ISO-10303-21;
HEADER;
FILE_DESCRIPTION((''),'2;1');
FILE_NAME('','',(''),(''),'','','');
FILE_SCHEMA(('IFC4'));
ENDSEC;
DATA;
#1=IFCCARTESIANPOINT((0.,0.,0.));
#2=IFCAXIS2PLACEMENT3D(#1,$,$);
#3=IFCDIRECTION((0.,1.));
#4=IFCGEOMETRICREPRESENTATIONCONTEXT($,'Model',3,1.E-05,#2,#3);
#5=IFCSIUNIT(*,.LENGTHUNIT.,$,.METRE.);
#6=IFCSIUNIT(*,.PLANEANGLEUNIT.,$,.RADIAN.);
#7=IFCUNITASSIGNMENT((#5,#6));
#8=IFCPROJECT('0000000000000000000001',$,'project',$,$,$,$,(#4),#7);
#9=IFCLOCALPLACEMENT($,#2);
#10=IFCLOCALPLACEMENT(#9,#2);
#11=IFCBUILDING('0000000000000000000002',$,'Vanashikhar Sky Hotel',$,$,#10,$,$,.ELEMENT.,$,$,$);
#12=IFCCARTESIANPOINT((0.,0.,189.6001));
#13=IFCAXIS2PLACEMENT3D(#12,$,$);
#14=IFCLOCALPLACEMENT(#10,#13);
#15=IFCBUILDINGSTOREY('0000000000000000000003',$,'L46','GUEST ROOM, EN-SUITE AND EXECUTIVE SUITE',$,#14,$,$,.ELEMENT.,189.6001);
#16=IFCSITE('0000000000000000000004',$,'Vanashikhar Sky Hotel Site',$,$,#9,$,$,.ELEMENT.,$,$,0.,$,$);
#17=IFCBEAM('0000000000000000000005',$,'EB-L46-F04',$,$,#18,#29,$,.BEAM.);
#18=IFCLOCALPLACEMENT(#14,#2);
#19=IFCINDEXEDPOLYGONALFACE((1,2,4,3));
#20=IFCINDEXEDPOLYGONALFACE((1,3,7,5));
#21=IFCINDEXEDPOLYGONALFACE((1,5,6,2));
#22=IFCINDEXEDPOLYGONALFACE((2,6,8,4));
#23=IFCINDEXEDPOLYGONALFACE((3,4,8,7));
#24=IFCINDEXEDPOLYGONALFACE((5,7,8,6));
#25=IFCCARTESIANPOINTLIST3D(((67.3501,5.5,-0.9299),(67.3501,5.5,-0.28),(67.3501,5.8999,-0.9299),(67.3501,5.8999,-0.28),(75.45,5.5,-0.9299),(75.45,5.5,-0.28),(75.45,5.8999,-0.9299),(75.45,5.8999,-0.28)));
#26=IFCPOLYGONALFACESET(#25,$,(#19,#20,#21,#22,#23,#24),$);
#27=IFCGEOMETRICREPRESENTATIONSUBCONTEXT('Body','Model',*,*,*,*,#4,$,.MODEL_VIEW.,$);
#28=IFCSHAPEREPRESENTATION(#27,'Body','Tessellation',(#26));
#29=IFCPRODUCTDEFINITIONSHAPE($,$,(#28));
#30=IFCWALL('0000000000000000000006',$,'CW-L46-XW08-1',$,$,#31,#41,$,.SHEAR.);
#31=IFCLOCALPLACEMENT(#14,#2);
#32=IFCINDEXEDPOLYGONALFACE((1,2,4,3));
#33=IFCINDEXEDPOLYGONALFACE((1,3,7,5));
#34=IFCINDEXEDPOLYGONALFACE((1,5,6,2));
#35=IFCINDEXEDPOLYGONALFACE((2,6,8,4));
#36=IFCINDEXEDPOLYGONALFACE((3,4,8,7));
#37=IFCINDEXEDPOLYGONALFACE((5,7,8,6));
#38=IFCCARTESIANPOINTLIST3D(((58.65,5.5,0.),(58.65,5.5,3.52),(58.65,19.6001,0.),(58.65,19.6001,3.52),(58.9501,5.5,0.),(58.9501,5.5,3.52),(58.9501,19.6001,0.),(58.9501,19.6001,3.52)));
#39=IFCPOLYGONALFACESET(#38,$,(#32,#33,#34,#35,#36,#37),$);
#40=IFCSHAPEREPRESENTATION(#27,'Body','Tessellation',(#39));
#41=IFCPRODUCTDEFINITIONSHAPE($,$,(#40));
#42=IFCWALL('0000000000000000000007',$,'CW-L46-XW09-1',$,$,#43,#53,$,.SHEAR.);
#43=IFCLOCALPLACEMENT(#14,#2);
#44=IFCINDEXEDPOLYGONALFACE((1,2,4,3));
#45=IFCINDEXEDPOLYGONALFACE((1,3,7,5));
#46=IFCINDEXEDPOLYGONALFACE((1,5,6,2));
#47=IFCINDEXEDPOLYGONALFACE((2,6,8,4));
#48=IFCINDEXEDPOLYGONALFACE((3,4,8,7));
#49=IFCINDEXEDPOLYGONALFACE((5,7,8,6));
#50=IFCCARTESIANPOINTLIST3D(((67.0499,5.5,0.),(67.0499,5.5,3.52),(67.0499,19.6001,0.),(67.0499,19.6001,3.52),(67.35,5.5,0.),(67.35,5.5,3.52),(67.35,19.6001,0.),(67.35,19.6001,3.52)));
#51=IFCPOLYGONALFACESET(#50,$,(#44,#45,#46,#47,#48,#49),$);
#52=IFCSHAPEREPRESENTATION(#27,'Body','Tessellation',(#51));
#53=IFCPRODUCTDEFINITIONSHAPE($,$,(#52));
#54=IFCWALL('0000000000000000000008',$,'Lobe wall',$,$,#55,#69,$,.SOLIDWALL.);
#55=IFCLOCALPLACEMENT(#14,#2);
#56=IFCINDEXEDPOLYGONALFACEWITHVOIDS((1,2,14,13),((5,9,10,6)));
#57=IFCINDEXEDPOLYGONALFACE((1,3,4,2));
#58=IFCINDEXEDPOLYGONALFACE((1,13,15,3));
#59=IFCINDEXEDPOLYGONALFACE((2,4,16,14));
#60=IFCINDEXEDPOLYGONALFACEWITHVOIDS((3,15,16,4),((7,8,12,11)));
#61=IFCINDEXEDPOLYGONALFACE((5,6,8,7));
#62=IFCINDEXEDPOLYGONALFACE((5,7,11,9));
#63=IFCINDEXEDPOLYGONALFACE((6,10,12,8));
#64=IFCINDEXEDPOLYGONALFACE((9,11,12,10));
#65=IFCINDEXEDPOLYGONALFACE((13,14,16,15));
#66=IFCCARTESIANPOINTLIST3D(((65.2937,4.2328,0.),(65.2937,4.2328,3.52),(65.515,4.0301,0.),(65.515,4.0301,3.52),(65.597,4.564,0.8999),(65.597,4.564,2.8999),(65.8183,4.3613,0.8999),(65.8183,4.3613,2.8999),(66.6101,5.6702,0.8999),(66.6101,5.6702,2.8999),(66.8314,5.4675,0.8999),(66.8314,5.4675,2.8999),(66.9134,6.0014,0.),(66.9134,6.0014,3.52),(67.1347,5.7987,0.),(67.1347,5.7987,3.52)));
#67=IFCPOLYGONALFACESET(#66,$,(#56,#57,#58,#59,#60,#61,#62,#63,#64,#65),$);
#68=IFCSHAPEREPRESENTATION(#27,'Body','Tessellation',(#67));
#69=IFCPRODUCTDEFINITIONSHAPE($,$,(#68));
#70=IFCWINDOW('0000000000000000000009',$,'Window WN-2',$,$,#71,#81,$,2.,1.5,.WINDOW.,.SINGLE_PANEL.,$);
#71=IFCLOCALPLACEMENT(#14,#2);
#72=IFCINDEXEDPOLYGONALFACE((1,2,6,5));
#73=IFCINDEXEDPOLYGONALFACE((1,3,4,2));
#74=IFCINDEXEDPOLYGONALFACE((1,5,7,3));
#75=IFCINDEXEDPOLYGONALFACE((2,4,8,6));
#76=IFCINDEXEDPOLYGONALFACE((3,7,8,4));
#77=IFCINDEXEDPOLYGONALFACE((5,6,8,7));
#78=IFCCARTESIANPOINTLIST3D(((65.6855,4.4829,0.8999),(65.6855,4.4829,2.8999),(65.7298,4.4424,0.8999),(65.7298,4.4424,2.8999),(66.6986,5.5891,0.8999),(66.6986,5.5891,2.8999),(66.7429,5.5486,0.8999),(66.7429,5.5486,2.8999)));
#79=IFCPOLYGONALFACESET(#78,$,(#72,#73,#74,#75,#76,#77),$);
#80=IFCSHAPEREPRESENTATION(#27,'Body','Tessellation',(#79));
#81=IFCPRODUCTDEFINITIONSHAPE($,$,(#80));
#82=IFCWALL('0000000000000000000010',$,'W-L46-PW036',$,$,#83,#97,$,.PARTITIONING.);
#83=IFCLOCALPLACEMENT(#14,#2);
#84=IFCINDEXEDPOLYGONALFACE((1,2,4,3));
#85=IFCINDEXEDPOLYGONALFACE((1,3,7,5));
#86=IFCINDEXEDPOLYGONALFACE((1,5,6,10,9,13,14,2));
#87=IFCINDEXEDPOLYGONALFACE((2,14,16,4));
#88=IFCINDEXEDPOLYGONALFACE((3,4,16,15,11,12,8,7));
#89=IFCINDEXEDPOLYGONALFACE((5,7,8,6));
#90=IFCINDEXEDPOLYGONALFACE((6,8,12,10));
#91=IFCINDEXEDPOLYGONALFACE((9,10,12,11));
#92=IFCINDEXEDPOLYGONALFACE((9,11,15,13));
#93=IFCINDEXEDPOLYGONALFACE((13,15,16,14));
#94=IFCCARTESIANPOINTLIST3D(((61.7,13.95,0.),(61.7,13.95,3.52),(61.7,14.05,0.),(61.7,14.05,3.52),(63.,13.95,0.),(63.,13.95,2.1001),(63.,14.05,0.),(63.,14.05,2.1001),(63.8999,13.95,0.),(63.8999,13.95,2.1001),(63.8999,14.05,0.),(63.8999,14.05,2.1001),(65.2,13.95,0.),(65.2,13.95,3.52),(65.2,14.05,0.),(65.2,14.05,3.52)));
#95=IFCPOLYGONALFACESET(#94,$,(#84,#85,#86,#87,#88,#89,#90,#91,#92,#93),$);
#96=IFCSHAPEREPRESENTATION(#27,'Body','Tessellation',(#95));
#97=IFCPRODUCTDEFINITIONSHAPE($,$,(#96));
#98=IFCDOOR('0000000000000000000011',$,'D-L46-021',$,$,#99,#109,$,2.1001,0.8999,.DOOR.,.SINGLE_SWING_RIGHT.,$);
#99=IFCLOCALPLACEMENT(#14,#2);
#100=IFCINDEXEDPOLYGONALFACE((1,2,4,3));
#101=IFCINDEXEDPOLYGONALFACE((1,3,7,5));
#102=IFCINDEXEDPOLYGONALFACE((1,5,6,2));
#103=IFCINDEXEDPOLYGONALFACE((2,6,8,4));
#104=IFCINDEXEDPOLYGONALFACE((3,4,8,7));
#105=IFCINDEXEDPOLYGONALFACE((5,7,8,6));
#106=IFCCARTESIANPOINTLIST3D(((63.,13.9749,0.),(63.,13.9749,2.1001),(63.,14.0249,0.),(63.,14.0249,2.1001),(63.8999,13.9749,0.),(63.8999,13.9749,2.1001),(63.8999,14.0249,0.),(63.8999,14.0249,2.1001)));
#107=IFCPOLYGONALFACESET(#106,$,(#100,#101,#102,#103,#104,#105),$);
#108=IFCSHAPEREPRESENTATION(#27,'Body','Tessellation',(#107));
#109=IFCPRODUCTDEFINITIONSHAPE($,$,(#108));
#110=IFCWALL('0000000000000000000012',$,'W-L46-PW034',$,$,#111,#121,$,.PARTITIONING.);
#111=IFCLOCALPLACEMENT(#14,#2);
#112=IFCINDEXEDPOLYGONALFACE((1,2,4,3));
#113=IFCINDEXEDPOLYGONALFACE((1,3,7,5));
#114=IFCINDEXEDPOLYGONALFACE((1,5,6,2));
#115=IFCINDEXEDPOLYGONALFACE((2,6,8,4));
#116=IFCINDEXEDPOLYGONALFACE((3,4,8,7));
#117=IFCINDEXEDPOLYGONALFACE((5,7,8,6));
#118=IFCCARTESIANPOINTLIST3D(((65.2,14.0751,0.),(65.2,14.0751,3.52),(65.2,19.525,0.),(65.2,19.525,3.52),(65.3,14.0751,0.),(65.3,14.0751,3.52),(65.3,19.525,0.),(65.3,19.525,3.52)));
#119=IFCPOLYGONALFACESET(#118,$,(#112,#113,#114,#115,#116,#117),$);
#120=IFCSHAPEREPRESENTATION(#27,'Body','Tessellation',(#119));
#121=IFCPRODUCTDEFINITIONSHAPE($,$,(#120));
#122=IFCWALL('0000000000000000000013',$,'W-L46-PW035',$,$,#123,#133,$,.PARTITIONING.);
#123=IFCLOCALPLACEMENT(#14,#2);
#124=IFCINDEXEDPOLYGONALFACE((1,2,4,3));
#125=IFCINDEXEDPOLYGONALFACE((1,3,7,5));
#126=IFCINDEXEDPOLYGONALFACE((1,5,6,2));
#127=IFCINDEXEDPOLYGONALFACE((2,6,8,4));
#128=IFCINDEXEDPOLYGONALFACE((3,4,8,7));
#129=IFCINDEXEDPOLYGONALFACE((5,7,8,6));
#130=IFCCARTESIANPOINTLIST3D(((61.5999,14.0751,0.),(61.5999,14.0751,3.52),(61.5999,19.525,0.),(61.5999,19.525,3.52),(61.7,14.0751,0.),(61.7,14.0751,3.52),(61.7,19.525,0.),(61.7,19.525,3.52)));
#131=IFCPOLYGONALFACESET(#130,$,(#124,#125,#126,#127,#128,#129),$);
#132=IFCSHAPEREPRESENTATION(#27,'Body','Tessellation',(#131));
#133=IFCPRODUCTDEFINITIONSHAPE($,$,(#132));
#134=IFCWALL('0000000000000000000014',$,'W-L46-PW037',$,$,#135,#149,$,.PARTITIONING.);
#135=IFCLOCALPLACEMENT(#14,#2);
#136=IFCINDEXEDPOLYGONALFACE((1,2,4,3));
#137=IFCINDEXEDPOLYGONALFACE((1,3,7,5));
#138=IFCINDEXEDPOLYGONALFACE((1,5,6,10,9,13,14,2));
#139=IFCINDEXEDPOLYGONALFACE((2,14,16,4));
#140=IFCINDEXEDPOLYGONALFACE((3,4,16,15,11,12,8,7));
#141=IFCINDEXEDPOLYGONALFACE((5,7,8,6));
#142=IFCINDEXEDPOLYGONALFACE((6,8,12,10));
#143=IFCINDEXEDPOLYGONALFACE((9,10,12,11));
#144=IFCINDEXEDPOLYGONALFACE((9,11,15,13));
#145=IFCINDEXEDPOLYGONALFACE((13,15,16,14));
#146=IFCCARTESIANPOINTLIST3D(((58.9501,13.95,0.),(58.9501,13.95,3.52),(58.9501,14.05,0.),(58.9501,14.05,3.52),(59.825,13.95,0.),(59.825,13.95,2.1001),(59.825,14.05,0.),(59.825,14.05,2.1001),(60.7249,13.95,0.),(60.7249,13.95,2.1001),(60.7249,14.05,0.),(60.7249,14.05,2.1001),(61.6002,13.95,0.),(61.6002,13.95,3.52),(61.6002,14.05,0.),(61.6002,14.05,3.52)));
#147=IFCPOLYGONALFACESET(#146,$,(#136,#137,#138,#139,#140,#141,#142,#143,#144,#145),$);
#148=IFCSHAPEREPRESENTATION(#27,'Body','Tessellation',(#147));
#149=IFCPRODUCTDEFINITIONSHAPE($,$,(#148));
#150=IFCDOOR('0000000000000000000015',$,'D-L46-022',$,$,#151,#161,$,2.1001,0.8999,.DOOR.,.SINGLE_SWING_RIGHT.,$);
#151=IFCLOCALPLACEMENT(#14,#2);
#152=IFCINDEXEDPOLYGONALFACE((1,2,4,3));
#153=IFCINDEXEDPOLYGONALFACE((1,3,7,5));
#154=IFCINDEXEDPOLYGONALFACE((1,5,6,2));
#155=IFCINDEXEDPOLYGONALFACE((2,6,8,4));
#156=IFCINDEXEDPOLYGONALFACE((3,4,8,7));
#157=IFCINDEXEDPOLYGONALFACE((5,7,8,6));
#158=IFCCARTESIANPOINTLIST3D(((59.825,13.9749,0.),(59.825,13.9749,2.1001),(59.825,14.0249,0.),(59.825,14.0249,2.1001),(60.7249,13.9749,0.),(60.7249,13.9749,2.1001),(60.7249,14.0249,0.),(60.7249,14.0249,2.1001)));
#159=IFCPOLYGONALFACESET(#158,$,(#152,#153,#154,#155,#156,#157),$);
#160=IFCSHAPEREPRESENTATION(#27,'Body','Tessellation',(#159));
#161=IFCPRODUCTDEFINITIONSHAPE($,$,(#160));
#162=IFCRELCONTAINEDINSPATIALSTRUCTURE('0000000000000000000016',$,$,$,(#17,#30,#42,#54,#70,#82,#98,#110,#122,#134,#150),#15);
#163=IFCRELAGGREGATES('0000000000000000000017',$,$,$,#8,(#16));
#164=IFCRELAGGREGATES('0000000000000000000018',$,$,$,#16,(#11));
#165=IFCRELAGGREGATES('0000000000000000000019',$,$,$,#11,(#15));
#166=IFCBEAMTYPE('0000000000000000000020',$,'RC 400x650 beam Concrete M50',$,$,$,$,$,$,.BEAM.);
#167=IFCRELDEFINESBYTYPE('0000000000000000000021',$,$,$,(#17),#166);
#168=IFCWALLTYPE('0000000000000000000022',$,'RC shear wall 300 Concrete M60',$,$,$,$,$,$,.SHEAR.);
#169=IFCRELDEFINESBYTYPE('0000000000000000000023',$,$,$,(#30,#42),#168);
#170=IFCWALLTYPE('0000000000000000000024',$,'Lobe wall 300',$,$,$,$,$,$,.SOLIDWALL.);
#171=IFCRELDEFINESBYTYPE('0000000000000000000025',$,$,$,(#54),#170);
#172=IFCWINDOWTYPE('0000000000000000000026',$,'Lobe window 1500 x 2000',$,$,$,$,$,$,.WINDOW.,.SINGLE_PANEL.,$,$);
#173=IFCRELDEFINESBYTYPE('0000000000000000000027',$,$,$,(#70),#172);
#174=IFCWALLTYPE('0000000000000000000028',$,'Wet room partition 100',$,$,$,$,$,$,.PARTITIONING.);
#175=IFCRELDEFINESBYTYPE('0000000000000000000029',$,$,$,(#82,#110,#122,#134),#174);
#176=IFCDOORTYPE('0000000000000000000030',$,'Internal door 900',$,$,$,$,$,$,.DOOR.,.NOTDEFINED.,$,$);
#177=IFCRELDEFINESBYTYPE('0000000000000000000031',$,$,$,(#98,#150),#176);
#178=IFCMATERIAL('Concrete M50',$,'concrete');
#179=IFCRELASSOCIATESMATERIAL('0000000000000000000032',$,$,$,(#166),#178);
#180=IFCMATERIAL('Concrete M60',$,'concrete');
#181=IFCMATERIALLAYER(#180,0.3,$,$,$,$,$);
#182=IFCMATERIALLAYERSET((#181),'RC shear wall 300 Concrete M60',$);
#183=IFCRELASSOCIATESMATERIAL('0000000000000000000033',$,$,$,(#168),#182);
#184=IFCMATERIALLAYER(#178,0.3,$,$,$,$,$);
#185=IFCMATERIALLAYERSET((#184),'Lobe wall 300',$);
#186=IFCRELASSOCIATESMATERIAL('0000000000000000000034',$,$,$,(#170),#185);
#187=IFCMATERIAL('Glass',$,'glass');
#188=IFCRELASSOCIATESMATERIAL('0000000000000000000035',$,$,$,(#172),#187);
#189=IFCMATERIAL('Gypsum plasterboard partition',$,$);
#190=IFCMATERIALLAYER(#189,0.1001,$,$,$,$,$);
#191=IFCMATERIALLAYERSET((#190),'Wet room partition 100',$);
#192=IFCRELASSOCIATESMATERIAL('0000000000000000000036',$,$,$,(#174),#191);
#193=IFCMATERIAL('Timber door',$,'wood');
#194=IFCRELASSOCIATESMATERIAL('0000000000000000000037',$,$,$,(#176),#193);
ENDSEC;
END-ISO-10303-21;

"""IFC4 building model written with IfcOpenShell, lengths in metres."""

from ifc_helpers import new_model, si_unit, direction, frame, frame_2d, origin, origin_2d, place, context, subcontext, project, spatial, rectangle, extrude, source, transform, mapped, material, layer, layer_set, material_profile, profile_set, type_object, element, fill, save


model = new_model("IFC4")

# Units and contexts
model_context = context("Model", 3, precision=1e-05, world=origin(), true_north=direction((0.0, 1.0)))
body_context = subcontext(model_context, "Body", "Model", "MODEL_VIEW")
ifc_project = project(units=[si_unit("LENGTHUNIT", "METRE"), si_unit("PLANEANGLEUNIT", "RADIAN")], contexts=[model_context])

# Site, building, storey
site_placement = place(None, origin())
site = spatial("IfcSite", under=ifc_project, at=site_placement, Name="Vanashikhar Sky Hotel Site", CompositionType="ELEMENT", RefElevation=0.0)
building_placement = place(site_placement, origin())
building = spatial("IfcBuilding", under=site, at=building_placement, Name="Vanashikhar Sky Hotel", CompositionType="ELEMENT")
storey_placement = place(building_placement, frame((0.0, 0.0, 189.6001)))
storey = spatial("IfcBuildingStorey", under=building, at=storey_placement, Name="L46", Description="GUEST ROOM, EN-SUITE AND EXECUTIVE SUITE", CompositionType="ELEMENT", Elevation=189.6001)

# Beam
ifc_material_1 = material(Name="Concrete M50", Category="concrete")
ifc_material_profile_1 = material_profile(ifc_material_1, rectangle(XDim=0.3999, YDim=0.6499, at=origin_2d()))
ifc_profile_set_1 = profile_set([ifc_material_profile_1], Name="RC 400x650 beam Concrete M50")
beam_type = type_object("IfcBeamType", Name="RC 400x650 beam Concrete M50", PredefinedType="BEAM", material=ifc_profile_set_1)
shared_shape_1 = source(origin(), body_context, "Body", "SweptSolid", [
    extrude(rectangle(XDim=0.3999, YDim=0.6499, at=origin_2d()), origin(), (0.0, 0.0, 1.0), 8.0999),
])
beam_placement = place(storey_placement, frame((67.3501, 5.7, -0.605), z_axis=(1.0, 0.0, 0.0), x_axis=(0.0, 1.0, 0.0)))
element("IfcBeam", 1, at=beam_placement, inside=storey, type_object=beam_type, Name="EB-L46-F04", PredefinedType="BEAM", context=body_context, shape_type="MappedRepresentation", body=[
    mapped(shared_shape_1, transform((0.0, 0.0, 0.0), scale=1.0)),
])

# Walls
ifc_material_2 = material(Name="Concrete M60", Category="concrete")
ifc_layer_1 = layer(ifc_material_2, 0.3)
ifc_layer_set_1 = layer_set([ifc_layer_1], Name="RC shear wall 300 Concrete M60")
wall_type_1 = type_object("IfcWallType", Name="RC shear wall 300 Concrete M60", PredefinedType="SHEAR", material=ifc_layer_set_1)
shared_shape_2 = source(origin(), body_context, "Body", "SweptSolid", [
    extrude(rectangle(XDim=14.1001, YDim=0.3, at=frame_2d((7.05, 0.0))), origin(), (0.0, 0.0, 1.0), 3.52),
])
for number, where, z_axis, x_axis, name in (
    (2, (58.8, 5.5, 0.0), (0.0, 0.0, 1.0), (0.0, 1.0, 0.0), "CW-L46-XW08-1"),
    (3, (67.2, 5.5, 0.0), (0.0, 0.0, 1.0), (0.0, 1.0, 0.0), "CW-L46-XW09-1"),
):
    element("IfcWall", number, at=place(storey_placement, frame(where, z_axis=z_axis, x_axis=x_axis)), inside=storey, type_object=wall_type_1, Name=name, PredefinedType="SHEAR", context=body_context, shape_type="MappedRepresentation", body=[
        mapped(shared_shape_2, transform((0.0, 0.0, 0.0), scale=1.0)),
    ])

# Wall, opening, window
ifc_layer_2 = layer(ifc_material_1, 0.3)
ifc_layer_set_2 = layer_set([ifc_layer_2], Name="Lobe wall 300")
wall_type_2 = type_object("IfcWallType", Name="Lobe wall 300", PredefinedType="SOLIDWALL", material=ifc_layer_set_2)
shared_shape_3 = source(origin(), body_context, "Body", "SweptSolid", [
    extrude(rectangle(XDim=2.3982, YDim=0.3, at=frame_2d((1.1992, 0.0))), origin(), (0.0, 0.0, 1.0), 3.52),
])
wall_1_placement = place(storey_placement, frame((65.4043, 4.1313, 0.0), z_axis=(0.0, 0.0, 1.0), x_axis=(0.675374, 0.737475, 0.0)))
wall_1 = element("IfcWall", 4, at=wall_1_placement, inside=storey, type_object=wall_type_2, Name="Lobe wall", PredefinedType="SOLIDWALL", context=body_context, shape_type="MappedRepresentation", body=[
    mapped(shared_shape_3, transform((0.0, 0.0, 0.0), scale=1.0)),
])
shared_shape_4 = source(origin(), body_context, "Body", "SweptSolid", [
    extrude(rectangle(XDim=1.5, YDim=2.0, at=frame_2d((0.75, 1.0))), frame((0.0, 0.1602, 0.0), z_axis=(0.0, -1.0, 0.0), x_axis=(1.0, 0.0, 0.0)), (0.0, 0.0, 1.0), 0.3201),
])
opening_1_placement = place(wall_1_placement, frame((0.4492, 0.0, 0.8999)))
opening_1 = element("IfcOpeningElement", 5, at=opening_1_placement, cuts=wall_1, PredefinedType="OPENING", context=body_context, shape_type="MappedRepresentation", body=[
    mapped(shared_shape_4, transform((0.0, 0.0, 0.0), scale=1.0)),
])
ifc_material_3 = material(Name="Glass", Category="glass")
window_type_1 = type_object("IfcWindowType", Name="Lobe window 1500 x 2000", PartitioningType="SINGLE_PANEL", PredefinedType="WINDOW", material=ifc_material_3)
shared_shape_5 = source(origin(), body_context, "Body", "SweptSolid", [
    extrude(rectangle(XDim=1.5, YDim=2.0, at=frame_2d((0.75, 1.0))), frame((0.0, 0.03, 0.0), z_axis=(0.0, -1.0, 0.0), x_axis=(1.0, 0.0, 0.0)), (0.0, 0.0, 1.0), 0.0601),
])
window_1_placement = place(opening_1_placement, origin())
window_1 = element("IfcWindow", 6, at=window_1_placement, inside=storey, type_object=window_type_1, Name="Window WN-2", OverallHeight=2.0, OverallWidth=1.5, PartitioningType="SINGLE_PANEL", PredefinedType="WINDOW", context=body_context, shape_type="MappedRepresentation", body=[
    mapped(shared_shape_5, transform((0.0, 0.0, 0.0), scale=1.0)),
])
fill(opening_1, window_1)

# Wall, opening, door
ifc_material_4 = material(Name="Gypsum plasterboard partition")
ifc_layer_3 = layer(ifc_material_4, 0.1001)
ifc_layer_set_3 = layer_set([ifc_layer_3], Name="Wet room partition 100")
wall_type_3 = type_object("IfcWallType", Name="Wet room partition 100", PredefinedType="PARTITIONING", material=ifc_layer_set_3)
shared_shape_6 = source(origin(), body_context, "Body", "SweptSolid", [
    extrude(rectangle(XDim=3.5, YDim=0.1001, at=frame_2d((1.75, 0.0))), origin(), (0.0, 0.0, 1.0), 3.52),
])
wall_2_placement = place(storey_placement, frame((61.7, 14.0, 0.0), z_axis=(0.0, 0.0, 1.0), x_axis=(1.0, 0.0, 0.0)))
wall_2 = element("IfcWall", 7, at=wall_2_placement, inside=storey, type_object=wall_type_3, Name="W-L46-PW036", PredefinedType="PARTITIONING", context=body_context, shape_type="MappedRepresentation", body=[
    mapped(shared_shape_6, transform((0.0, 0.0, 0.0), scale=1.0)),
])
shared_shape_7 = source(origin(), body_context, "Body", "SweptSolid", [
    extrude(rectangle(XDim=0.8999, YDim=2.1001, at=frame_2d((0.45, 1.05))), frame((0.0, 0.0601, 0.0), z_axis=(0.0, -1.0, 0.0), x_axis=(1.0, 0.0, 0.0)), (0.0, 0.0, 1.0), 0.1201),
])
opening_2_placement = place(wall_2_placement, frame((1.3, 0.0, 0.0)))
opening_2 = element("IfcOpeningElement", 8, at=opening_2_placement, cuts=wall_2, PredefinedType="OPENING", context=body_context, shape_type="MappedRepresentation", body=[
    mapped(shared_shape_7, transform((0.0, 0.0, 0.0), scale=1.0)),
])
ifc_material_5 = material(Name="Timber door", Category="wood")
door_type_1 = type_object("IfcDoorType", Name="Internal door 900", OperationType="NOTDEFINED", PredefinedType="DOOR", material=ifc_material_5)
shared_shape_8 = source(origin(), body_context, "Body", "SweptSolid", [
    extrude(rectangle(XDim=0.8999, YDim=2.1001, at=frame_2d((0.45, 1.05))), frame((0.0, 0.0249, 0.0), z_axis=(0.0, -1.0, 0.0), x_axis=(1.0, 0.0, 0.0)), (0.0, 0.0, 1.0), 0.05),
])
door_1_placement = place(opening_2_placement, origin())
door_1 = element("IfcDoor", 9, at=door_1_placement, inside=storey, type_object=door_type_1, Name="D-L46-021", OperationType="SINGLE_SWING_RIGHT", OverallHeight=2.1001, OverallWidth=0.8999, PredefinedType="DOOR", context=body_context, shape_type="MappedRepresentation", body=[
    mapped(shared_shape_8, transform((0.0, 0.0, 0.0), scale=1.0)),
])
fill(opening_2, door_1)

# Walls
shared_shape_9 = source(origin(), body_context, "Body", "SweptSolid", [
    extrude(rectangle(XDim=5.45, YDim=0.1001, at=frame_2d((2.7251, 0.0))), origin(), (0.0, 0.0, 1.0), 3.52),
])
for number, where, z_axis, x_axis, name in (
    (10, (65.25, 14.075, 0.0), (0.0, 0.0, 1.0), (0.0, 1.0, 0.0), "W-L46-PW034"),
    (11, (61.6499, 14.075, 0.0), (0.0, 0.0, 1.0), (0.0, 1.0, 0.0), "W-L46-PW035"),
):
    element("IfcWall", number, at=place(storey_placement, frame(where, z_axis=z_axis, x_axis=x_axis)), inside=storey, type_object=wall_type_3, Name=name, PredefinedType="PARTITIONING", context=body_context, shape_type="MappedRepresentation", body=[
        mapped(shared_shape_9, transform((0.0, 0.0, 0.0), scale=1.0)),
    ])

# Wall, opening, door
shared_shape_10 = source(origin(), body_context, "Body", "SweptSolid", [
    extrude(rectangle(XDim=2.6501, YDim=0.1001, at=frame_2d((1.3252, 0.0))), origin(), (0.0, 0.0, 1.0), 3.52),
])
wall_3_placement = place(storey_placement, frame((58.95, 14.0, 0.0), z_axis=(0.0, 0.0, 1.0), x_axis=(1.0, 0.0, 0.0)))
wall_3 = element("IfcWall", 12, at=wall_3_placement, inside=storey, type_object=wall_type_3, Name="W-L46-PW037", PredefinedType="PARTITIONING", context=body_context, shape_type="MappedRepresentation", body=[
    mapped(shared_shape_10, transform((0.0, 0.0, 0.0), scale=1.0)),
])
opening_3_placement = place(wall_3_placement, frame((0.875, 0.0, 0.0)))
opening_3 = element("IfcOpeningElement", 13, at=opening_3_placement, cuts=wall_3, PredefinedType="OPENING", context=body_context, shape_type="MappedRepresentation", body=[
    mapped(shared_shape_7, transform((0.0, 0.0, 0.0), scale=1.0)),
])
door_2_placement = place(opening_3_placement, origin())
door_2 = element("IfcDoor", 14, at=door_2_placement, inside=storey, type_object=door_type_1, Name="D-L46-022", OperationType="SINGLE_SWING_RIGHT", OverallHeight=2.1001, OverallWidth=0.8999, PredefinedType="DOOR", context=body_context, shape_type="MappedRepresentation", body=[
    mapped(shared_shape_8, transform((0.0, 0.0, 0.0), scale=1.0)),
])
fill(opening_3, door_2)

save(model, "model.ifc")
